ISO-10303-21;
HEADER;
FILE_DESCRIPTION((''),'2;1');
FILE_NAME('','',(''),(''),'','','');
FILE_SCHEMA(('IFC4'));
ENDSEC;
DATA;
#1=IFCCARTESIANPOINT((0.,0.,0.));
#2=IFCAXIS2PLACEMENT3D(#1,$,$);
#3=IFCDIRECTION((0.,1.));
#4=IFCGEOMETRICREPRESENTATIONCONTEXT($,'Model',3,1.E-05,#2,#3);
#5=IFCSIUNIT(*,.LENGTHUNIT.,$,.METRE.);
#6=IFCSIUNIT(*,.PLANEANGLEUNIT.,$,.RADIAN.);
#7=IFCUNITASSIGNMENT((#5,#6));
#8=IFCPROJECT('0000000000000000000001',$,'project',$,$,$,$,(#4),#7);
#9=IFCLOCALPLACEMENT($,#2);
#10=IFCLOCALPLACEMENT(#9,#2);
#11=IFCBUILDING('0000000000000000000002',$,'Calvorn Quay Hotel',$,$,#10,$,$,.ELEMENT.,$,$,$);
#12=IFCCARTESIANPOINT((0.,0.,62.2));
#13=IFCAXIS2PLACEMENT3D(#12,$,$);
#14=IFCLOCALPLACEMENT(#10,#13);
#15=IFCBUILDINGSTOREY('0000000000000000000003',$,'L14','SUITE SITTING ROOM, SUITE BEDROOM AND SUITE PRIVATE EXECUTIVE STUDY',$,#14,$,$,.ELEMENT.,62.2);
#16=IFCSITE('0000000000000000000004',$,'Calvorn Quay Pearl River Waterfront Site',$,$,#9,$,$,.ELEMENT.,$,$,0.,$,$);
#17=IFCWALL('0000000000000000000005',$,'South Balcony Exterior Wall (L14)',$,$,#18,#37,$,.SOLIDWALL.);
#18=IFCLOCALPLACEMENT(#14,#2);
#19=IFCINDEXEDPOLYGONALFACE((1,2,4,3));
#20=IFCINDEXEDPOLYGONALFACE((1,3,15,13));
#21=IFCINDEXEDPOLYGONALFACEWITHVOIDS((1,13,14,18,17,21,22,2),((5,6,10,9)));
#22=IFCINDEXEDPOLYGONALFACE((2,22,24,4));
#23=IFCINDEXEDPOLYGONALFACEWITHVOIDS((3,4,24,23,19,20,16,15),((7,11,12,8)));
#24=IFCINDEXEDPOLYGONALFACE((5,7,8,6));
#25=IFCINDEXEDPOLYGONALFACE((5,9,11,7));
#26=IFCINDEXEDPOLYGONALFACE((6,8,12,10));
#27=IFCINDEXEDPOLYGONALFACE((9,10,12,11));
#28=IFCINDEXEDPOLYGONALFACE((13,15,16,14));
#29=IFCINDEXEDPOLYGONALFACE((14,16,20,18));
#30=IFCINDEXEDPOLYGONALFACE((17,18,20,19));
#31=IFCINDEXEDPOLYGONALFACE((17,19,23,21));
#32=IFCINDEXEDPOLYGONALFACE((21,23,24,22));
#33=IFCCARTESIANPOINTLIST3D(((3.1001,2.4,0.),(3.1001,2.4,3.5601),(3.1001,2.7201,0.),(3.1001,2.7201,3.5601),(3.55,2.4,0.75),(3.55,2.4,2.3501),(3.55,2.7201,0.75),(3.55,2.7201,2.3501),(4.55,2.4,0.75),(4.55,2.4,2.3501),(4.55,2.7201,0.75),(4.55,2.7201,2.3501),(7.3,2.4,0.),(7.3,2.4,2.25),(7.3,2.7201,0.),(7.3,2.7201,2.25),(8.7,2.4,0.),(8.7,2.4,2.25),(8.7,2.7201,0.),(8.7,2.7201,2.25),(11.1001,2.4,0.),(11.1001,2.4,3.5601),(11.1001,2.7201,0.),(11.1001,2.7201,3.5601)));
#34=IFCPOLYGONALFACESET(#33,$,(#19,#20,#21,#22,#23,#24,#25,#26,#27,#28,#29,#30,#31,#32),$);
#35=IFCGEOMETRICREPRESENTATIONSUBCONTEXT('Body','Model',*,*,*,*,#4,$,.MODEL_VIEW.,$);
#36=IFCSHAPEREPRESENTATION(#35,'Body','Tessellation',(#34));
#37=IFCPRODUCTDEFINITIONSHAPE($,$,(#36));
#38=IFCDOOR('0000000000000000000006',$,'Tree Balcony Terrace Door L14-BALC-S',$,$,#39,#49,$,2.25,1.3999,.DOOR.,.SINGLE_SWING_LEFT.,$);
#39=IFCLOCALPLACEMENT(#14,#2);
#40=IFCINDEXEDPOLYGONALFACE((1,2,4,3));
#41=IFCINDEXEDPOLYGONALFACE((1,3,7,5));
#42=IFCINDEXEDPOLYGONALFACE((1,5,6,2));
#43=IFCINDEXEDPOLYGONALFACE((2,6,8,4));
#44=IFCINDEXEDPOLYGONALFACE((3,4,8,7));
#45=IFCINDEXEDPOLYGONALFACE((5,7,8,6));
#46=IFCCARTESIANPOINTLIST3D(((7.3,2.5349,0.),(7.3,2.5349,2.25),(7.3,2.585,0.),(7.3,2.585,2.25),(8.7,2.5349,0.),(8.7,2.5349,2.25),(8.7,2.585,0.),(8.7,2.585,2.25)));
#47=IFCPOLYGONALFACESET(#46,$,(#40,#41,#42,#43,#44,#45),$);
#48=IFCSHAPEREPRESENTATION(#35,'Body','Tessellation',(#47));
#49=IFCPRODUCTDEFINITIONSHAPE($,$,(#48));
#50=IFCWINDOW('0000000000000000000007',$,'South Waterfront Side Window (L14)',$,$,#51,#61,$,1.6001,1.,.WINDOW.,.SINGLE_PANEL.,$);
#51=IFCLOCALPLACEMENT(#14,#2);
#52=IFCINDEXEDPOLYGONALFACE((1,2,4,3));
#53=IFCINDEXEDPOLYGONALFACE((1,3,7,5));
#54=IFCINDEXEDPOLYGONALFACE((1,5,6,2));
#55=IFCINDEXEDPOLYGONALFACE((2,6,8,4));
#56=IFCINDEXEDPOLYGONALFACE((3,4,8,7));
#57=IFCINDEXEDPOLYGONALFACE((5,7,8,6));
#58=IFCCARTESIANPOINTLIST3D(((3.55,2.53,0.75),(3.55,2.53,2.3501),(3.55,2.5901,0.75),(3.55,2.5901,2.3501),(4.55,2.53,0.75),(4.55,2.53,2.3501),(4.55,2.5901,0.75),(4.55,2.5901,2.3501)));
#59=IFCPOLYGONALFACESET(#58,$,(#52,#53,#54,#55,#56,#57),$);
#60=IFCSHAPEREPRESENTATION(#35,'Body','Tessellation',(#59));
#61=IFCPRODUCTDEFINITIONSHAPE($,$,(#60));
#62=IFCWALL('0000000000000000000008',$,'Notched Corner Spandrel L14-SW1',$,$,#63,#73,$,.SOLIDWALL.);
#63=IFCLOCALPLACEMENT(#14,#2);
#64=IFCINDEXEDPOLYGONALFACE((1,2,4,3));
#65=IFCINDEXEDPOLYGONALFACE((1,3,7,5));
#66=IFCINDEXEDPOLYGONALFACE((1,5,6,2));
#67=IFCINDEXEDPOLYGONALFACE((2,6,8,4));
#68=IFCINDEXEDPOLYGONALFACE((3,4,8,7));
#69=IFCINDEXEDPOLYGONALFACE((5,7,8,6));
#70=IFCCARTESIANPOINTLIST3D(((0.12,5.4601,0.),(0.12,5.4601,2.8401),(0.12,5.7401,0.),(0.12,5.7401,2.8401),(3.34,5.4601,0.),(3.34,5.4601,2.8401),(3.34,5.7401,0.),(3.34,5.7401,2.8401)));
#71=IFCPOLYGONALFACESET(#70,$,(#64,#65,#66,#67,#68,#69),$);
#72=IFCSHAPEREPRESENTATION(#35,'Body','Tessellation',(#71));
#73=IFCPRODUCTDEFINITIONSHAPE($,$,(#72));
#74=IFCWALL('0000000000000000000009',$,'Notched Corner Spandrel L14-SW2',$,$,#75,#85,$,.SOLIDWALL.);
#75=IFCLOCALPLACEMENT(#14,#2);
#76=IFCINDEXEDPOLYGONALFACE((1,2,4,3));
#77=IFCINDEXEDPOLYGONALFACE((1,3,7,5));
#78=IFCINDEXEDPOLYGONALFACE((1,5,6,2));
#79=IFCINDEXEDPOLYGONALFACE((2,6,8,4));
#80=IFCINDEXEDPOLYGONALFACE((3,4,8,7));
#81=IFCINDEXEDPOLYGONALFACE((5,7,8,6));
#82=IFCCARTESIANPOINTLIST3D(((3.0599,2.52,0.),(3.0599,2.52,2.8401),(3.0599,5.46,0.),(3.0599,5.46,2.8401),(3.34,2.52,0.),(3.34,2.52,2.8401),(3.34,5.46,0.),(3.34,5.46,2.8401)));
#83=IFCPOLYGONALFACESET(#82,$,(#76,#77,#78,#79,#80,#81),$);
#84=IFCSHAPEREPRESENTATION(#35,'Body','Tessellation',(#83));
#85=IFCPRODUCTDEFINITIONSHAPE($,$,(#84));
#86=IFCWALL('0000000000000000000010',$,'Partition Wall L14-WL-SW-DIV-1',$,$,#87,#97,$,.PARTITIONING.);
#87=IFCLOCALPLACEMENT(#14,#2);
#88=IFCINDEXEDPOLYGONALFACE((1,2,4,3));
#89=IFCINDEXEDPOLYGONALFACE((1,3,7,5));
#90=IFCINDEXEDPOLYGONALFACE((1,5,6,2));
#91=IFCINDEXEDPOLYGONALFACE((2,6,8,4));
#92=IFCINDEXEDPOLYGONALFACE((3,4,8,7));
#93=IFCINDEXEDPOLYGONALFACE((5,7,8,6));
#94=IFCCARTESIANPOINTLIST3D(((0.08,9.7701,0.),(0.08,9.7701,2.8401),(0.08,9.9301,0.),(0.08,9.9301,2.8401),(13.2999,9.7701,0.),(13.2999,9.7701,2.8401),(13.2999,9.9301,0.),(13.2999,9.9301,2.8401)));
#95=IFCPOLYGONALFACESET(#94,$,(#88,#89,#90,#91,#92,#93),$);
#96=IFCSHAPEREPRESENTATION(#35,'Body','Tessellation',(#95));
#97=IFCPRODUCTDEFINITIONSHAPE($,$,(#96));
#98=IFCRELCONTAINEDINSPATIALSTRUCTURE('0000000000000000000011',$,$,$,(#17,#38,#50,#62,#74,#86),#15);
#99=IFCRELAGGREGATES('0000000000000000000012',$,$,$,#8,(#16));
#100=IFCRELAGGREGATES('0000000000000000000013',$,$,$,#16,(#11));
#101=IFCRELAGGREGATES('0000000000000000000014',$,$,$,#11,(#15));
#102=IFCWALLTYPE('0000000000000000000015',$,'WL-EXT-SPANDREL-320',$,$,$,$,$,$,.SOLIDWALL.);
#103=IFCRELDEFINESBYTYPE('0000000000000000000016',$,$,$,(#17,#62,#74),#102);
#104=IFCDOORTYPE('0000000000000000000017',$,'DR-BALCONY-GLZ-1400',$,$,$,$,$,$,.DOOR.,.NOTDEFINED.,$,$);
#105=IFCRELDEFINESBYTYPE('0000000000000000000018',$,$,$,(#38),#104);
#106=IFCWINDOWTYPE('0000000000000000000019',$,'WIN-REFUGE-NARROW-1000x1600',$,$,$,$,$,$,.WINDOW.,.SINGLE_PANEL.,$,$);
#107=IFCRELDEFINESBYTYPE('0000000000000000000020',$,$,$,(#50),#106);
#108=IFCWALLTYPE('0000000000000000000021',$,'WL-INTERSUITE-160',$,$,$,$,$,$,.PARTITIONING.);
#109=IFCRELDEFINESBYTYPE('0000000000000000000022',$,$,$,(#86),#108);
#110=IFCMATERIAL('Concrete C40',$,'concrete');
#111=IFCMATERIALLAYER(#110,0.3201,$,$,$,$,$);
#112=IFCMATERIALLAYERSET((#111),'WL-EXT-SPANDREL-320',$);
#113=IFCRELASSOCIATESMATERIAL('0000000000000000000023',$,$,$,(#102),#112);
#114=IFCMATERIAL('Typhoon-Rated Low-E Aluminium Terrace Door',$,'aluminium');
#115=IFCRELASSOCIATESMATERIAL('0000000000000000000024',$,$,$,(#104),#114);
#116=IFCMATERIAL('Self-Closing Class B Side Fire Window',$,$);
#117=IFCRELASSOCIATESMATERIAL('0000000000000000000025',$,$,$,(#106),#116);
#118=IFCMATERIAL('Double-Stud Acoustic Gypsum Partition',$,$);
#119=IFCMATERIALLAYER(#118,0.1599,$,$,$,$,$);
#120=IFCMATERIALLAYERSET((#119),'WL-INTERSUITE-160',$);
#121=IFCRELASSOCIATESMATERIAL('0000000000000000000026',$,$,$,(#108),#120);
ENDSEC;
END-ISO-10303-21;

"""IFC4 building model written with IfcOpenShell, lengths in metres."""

from ifc_helpers import new_model, si_unit, direction, frame, frame_2d, origin, place, context, subcontext, project, spatial, rectangle, extrude, material, layer, layer_set, type_object, element, fill, save


model = new_model("IFC4")

# Units and contexts
model_context = context("Model", 3, precision=1e-05, world=origin(), true_north=direction((0.0, 1.0)))
body_context = subcontext(model_context, "Body", "Model", "MODEL_VIEW")
ifc_project = project(units=[si_unit("LENGTHUNIT", "METRE"), si_unit("PLANEANGLEUNIT", "RADIAN")], contexts=[model_context])

# Site, building, storey
site_placement = place(None, origin())
site = spatial("IfcSite", under=ifc_project, at=site_placement, Name="Calvorn Quay Pearl River Waterfront Site", CompositionType="ELEMENT", RefElevation=0.0)
building_placement = place(site_placement, origin())
building = spatial("IfcBuilding", under=site, at=building_placement, Name="Calvorn Quay Hotel", CompositionType="ELEMENT")
storey_placement = place(building_placement, frame((0.0, 0.0, 62.2)))
storey = spatial("IfcBuildingStorey", under=building, at=storey_placement, Name="L14", Description="SUITE SITTING ROOM, SUITE BEDROOM AND SUITE PRIVATE EXECUTIVE STUDY", CompositionType="ELEMENT", Elevation=62.2)

# Wall, openings, door, window
ifc_material_1 = material(Name="Concrete C40", Category="concrete")
ifc_layer_1 = layer(ifc_material_1, 0.3201)
ifc_layer_set_1 = layer_set([ifc_layer_1], Name="WL-EXT-SPANDREL-320")
wall_type_1 = type_object("IfcWallType", Name="WL-EXT-SPANDREL-320", PredefinedType="SOLIDWALL", material=ifc_layer_set_1)
wall_1_placement = place(storey_placement, frame((3.1001, 2.5601, 0.0), z_axis=(0.0, 0.0, 1.0), x_axis=(1.0, 0.0, 0.0)))
wall_1 = element("IfcWall", 1, at=wall_1_placement, inside=storey, type_object=wall_type_1, Name="South Balcony Exterior Wall (L14)", PredefinedType="SOLIDWALL", context=body_context, shape_type="SweptSolid", body=[
    extrude(rectangle(XDim=8.0, YDim=0.3201, at=frame_2d((4.0, 0.0))), origin(), (0.0, 0.0, 1.0), 3.5601),
])
opening_1_placement = place(wall_1_placement, frame((0.45, 0.0, 0.75)))
opening_1 = element("IfcOpeningElement", 2, at=opening_1_placement, cuts=wall_1, PredefinedType="OPENING", context=body_context, shape_type="SweptSolid", body=[
    extrude(rectangle(XDim=1.0, YDim=1.6001, at=frame_2d((0.5, 0.8))), frame((0.0, 0.1699, 0.0), z_axis=(0.0, -1.0, 0.0), x_axis=(1.0, 0.0, 0.0)), (0.0, 0.0, 1.0), 0.3401),
])
opening_2_placement = place(wall_1_placement, frame((4.2, 0.0, 0.0)))
opening_2 = element("IfcOpeningElement", 3, at=opening_2_placement, cuts=wall_1, PredefinedType="OPENING", context=body_context, shape_type="SweptSolid", body=[
    extrude(rectangle(XDim=1.3999, YDim=2.25, at=frame_2d((0.7, 1.125))), frame((0.0, 0.1699, 0.0), z_axis=(0.0, -1.0, 0.0), x_axis=(1.0, 0.0, 0.0)), (0.0, 0.0, 1.0), 0.3401),
])
ifc_material_2 = material(Name="Typhoon-Rated Low-E Aluminium Terrace Door", Category="aluminium")
door_type_1 = type_object("IfcDoorType", Name="DR-BALCONY-GLZ-1400", OperationType="NOTDEFINED", PredefinedType="DOOR", material=ifc_material_2)
door_1_placement = place(opening_2_placement, origin())
door_1 = element("IfcDoor", 4, at=door_1_placement, inside=storey, type_object=door_type_1, Name="Tree Balcony Terrace Door L14-BALC-S", OperationType="SINGLE_SWING_LEFT", OverallHeight=2.25, OverallWidth=1.3999, PredefinedType="DOOR", context=body_context, shape_type="SweptSolid", body=[
    extrude(rectangle(XDim=1.3999, YDim=2.25, at=frame_2d((0.7, 1.125))), frame((0.0, 0.0249, 0.0), z_axis=(0.0, -1.0, 0.0), x_axis=(1.0, 0.0, 0.0)), (0.0, 0.0, 1.0), 0.05),
])
fill(opening_2, door_1)
ifc_material_3 = material(Name="Self-Closing Class B Side Fire Window")
window_type = type_object("IfcWindowType", Name="WIN-REFUGE-NARROW-1000x1600", PartitioningType="SINGLE_PANEL", PredefinedType="WINDOW", material=ifc_material_3)
window_placement = place(opening_1_placement, origin())
window = element("IfcWindow", 5, at=window_placement, inside=storey, type_object=window_type, Name="South Waterfront Side Window (L14)", OverallHeight=1.6001, OverallWidth=1.0, PartitioningType="SINGLE_PANEL", PredefinedType="WINDOW", context=body_context, shape_type="SweptSolid", body=[
    extrude(rectangle(XDim=1.0, YDim=1.6001, at=frame_2d((0.5, 0.8))), frame((0.0, 0.03, 0.0), z_axis=(0.0, -1.0, 0.0), x_axis=(1.0, 0.0, 0.0)), (0.0, 0.0, 1.0), 0.0601),
])
fill(opening_1, window)

# Walls
wall_2_placement = place(storey_placement, frame((0.1201, 5.6001, 0.0), z_axis=(0.0, 0.0, 1.0), x_axis=(1.0, 0.0, 0.0)))
element("IfcWall", 6, at=wall_2_placement, inside=storey, type_object=wall_type_1, Name="Notched Corner Spandrel L14-SW1", PredefinedType="SOLIDWALL", context=body_context, shape_type="SweptSolid", body=[
    extrude(rectangle(XDim=3.22, YDim=0.28, at=frame_2d((1.6099, 0.0))), origin(), (0.0, 0.0, 1.0), 2.8401),
])
wall_3_placement = place(storey_placement, frame((3.2, 5.46, 0.0), z_axis=(0.0, 0.0, 1.0), x_axis=(0.0, -1.0, 0.0)))
element("IfcWall", 7, at=wall_3_placement, inside=storey, type_object=wall_type_1, Name="Notched Corner Spandrel L14-SW2", PredefinedType="SOLIDWALL", context=body_context, shape_type="SweptSolid", body=[
    extrude(rectangle(XDim=2.9399, YDim=0.28, at=frame_2d((1.47, 0.0))), origin(), (0.0, 0.0, 1.0), 2.8401),
])
ifc_material_4 = material(Name="Double-Stud Acoustic Gypsum Partition")
ifc_layer_2 = layer(ifc_material_4, 0.1599)
ifc_layer_set_2 = layer_set([ifc_layer_2], Name="WL-INTERSUITE-160")
wall_type_2 = type_object("IfcWallType", Name="WL-INTERSUITE-160", PredefinedType="PARTITIONING", material=ifc_layer_set_2)
wall_4_placement = place(storey_placement, frame((0.0801, 9.8501, 0.0), z_axis=(0.0, 0.0, 1.0), x_axis=(1.0, 0.0, 0.0)))
element("IfcWall", 8, at=wall_4_placement, inside=storey, type_object=wall_type_2, Name="Partition Wall L14-WL-SW-DIV-1", PredefinedType="PARTITIONING", context=body_context, shape_type="SweptSolid", body=[
    extrude(rectangle(XDim=13.22, YDim=0.1599, at=frame_2d((6.6099, 0.0))), origin(), (0.0, 0.0, 1.0), 2.8401),
])

save(model, "model.ifc")
